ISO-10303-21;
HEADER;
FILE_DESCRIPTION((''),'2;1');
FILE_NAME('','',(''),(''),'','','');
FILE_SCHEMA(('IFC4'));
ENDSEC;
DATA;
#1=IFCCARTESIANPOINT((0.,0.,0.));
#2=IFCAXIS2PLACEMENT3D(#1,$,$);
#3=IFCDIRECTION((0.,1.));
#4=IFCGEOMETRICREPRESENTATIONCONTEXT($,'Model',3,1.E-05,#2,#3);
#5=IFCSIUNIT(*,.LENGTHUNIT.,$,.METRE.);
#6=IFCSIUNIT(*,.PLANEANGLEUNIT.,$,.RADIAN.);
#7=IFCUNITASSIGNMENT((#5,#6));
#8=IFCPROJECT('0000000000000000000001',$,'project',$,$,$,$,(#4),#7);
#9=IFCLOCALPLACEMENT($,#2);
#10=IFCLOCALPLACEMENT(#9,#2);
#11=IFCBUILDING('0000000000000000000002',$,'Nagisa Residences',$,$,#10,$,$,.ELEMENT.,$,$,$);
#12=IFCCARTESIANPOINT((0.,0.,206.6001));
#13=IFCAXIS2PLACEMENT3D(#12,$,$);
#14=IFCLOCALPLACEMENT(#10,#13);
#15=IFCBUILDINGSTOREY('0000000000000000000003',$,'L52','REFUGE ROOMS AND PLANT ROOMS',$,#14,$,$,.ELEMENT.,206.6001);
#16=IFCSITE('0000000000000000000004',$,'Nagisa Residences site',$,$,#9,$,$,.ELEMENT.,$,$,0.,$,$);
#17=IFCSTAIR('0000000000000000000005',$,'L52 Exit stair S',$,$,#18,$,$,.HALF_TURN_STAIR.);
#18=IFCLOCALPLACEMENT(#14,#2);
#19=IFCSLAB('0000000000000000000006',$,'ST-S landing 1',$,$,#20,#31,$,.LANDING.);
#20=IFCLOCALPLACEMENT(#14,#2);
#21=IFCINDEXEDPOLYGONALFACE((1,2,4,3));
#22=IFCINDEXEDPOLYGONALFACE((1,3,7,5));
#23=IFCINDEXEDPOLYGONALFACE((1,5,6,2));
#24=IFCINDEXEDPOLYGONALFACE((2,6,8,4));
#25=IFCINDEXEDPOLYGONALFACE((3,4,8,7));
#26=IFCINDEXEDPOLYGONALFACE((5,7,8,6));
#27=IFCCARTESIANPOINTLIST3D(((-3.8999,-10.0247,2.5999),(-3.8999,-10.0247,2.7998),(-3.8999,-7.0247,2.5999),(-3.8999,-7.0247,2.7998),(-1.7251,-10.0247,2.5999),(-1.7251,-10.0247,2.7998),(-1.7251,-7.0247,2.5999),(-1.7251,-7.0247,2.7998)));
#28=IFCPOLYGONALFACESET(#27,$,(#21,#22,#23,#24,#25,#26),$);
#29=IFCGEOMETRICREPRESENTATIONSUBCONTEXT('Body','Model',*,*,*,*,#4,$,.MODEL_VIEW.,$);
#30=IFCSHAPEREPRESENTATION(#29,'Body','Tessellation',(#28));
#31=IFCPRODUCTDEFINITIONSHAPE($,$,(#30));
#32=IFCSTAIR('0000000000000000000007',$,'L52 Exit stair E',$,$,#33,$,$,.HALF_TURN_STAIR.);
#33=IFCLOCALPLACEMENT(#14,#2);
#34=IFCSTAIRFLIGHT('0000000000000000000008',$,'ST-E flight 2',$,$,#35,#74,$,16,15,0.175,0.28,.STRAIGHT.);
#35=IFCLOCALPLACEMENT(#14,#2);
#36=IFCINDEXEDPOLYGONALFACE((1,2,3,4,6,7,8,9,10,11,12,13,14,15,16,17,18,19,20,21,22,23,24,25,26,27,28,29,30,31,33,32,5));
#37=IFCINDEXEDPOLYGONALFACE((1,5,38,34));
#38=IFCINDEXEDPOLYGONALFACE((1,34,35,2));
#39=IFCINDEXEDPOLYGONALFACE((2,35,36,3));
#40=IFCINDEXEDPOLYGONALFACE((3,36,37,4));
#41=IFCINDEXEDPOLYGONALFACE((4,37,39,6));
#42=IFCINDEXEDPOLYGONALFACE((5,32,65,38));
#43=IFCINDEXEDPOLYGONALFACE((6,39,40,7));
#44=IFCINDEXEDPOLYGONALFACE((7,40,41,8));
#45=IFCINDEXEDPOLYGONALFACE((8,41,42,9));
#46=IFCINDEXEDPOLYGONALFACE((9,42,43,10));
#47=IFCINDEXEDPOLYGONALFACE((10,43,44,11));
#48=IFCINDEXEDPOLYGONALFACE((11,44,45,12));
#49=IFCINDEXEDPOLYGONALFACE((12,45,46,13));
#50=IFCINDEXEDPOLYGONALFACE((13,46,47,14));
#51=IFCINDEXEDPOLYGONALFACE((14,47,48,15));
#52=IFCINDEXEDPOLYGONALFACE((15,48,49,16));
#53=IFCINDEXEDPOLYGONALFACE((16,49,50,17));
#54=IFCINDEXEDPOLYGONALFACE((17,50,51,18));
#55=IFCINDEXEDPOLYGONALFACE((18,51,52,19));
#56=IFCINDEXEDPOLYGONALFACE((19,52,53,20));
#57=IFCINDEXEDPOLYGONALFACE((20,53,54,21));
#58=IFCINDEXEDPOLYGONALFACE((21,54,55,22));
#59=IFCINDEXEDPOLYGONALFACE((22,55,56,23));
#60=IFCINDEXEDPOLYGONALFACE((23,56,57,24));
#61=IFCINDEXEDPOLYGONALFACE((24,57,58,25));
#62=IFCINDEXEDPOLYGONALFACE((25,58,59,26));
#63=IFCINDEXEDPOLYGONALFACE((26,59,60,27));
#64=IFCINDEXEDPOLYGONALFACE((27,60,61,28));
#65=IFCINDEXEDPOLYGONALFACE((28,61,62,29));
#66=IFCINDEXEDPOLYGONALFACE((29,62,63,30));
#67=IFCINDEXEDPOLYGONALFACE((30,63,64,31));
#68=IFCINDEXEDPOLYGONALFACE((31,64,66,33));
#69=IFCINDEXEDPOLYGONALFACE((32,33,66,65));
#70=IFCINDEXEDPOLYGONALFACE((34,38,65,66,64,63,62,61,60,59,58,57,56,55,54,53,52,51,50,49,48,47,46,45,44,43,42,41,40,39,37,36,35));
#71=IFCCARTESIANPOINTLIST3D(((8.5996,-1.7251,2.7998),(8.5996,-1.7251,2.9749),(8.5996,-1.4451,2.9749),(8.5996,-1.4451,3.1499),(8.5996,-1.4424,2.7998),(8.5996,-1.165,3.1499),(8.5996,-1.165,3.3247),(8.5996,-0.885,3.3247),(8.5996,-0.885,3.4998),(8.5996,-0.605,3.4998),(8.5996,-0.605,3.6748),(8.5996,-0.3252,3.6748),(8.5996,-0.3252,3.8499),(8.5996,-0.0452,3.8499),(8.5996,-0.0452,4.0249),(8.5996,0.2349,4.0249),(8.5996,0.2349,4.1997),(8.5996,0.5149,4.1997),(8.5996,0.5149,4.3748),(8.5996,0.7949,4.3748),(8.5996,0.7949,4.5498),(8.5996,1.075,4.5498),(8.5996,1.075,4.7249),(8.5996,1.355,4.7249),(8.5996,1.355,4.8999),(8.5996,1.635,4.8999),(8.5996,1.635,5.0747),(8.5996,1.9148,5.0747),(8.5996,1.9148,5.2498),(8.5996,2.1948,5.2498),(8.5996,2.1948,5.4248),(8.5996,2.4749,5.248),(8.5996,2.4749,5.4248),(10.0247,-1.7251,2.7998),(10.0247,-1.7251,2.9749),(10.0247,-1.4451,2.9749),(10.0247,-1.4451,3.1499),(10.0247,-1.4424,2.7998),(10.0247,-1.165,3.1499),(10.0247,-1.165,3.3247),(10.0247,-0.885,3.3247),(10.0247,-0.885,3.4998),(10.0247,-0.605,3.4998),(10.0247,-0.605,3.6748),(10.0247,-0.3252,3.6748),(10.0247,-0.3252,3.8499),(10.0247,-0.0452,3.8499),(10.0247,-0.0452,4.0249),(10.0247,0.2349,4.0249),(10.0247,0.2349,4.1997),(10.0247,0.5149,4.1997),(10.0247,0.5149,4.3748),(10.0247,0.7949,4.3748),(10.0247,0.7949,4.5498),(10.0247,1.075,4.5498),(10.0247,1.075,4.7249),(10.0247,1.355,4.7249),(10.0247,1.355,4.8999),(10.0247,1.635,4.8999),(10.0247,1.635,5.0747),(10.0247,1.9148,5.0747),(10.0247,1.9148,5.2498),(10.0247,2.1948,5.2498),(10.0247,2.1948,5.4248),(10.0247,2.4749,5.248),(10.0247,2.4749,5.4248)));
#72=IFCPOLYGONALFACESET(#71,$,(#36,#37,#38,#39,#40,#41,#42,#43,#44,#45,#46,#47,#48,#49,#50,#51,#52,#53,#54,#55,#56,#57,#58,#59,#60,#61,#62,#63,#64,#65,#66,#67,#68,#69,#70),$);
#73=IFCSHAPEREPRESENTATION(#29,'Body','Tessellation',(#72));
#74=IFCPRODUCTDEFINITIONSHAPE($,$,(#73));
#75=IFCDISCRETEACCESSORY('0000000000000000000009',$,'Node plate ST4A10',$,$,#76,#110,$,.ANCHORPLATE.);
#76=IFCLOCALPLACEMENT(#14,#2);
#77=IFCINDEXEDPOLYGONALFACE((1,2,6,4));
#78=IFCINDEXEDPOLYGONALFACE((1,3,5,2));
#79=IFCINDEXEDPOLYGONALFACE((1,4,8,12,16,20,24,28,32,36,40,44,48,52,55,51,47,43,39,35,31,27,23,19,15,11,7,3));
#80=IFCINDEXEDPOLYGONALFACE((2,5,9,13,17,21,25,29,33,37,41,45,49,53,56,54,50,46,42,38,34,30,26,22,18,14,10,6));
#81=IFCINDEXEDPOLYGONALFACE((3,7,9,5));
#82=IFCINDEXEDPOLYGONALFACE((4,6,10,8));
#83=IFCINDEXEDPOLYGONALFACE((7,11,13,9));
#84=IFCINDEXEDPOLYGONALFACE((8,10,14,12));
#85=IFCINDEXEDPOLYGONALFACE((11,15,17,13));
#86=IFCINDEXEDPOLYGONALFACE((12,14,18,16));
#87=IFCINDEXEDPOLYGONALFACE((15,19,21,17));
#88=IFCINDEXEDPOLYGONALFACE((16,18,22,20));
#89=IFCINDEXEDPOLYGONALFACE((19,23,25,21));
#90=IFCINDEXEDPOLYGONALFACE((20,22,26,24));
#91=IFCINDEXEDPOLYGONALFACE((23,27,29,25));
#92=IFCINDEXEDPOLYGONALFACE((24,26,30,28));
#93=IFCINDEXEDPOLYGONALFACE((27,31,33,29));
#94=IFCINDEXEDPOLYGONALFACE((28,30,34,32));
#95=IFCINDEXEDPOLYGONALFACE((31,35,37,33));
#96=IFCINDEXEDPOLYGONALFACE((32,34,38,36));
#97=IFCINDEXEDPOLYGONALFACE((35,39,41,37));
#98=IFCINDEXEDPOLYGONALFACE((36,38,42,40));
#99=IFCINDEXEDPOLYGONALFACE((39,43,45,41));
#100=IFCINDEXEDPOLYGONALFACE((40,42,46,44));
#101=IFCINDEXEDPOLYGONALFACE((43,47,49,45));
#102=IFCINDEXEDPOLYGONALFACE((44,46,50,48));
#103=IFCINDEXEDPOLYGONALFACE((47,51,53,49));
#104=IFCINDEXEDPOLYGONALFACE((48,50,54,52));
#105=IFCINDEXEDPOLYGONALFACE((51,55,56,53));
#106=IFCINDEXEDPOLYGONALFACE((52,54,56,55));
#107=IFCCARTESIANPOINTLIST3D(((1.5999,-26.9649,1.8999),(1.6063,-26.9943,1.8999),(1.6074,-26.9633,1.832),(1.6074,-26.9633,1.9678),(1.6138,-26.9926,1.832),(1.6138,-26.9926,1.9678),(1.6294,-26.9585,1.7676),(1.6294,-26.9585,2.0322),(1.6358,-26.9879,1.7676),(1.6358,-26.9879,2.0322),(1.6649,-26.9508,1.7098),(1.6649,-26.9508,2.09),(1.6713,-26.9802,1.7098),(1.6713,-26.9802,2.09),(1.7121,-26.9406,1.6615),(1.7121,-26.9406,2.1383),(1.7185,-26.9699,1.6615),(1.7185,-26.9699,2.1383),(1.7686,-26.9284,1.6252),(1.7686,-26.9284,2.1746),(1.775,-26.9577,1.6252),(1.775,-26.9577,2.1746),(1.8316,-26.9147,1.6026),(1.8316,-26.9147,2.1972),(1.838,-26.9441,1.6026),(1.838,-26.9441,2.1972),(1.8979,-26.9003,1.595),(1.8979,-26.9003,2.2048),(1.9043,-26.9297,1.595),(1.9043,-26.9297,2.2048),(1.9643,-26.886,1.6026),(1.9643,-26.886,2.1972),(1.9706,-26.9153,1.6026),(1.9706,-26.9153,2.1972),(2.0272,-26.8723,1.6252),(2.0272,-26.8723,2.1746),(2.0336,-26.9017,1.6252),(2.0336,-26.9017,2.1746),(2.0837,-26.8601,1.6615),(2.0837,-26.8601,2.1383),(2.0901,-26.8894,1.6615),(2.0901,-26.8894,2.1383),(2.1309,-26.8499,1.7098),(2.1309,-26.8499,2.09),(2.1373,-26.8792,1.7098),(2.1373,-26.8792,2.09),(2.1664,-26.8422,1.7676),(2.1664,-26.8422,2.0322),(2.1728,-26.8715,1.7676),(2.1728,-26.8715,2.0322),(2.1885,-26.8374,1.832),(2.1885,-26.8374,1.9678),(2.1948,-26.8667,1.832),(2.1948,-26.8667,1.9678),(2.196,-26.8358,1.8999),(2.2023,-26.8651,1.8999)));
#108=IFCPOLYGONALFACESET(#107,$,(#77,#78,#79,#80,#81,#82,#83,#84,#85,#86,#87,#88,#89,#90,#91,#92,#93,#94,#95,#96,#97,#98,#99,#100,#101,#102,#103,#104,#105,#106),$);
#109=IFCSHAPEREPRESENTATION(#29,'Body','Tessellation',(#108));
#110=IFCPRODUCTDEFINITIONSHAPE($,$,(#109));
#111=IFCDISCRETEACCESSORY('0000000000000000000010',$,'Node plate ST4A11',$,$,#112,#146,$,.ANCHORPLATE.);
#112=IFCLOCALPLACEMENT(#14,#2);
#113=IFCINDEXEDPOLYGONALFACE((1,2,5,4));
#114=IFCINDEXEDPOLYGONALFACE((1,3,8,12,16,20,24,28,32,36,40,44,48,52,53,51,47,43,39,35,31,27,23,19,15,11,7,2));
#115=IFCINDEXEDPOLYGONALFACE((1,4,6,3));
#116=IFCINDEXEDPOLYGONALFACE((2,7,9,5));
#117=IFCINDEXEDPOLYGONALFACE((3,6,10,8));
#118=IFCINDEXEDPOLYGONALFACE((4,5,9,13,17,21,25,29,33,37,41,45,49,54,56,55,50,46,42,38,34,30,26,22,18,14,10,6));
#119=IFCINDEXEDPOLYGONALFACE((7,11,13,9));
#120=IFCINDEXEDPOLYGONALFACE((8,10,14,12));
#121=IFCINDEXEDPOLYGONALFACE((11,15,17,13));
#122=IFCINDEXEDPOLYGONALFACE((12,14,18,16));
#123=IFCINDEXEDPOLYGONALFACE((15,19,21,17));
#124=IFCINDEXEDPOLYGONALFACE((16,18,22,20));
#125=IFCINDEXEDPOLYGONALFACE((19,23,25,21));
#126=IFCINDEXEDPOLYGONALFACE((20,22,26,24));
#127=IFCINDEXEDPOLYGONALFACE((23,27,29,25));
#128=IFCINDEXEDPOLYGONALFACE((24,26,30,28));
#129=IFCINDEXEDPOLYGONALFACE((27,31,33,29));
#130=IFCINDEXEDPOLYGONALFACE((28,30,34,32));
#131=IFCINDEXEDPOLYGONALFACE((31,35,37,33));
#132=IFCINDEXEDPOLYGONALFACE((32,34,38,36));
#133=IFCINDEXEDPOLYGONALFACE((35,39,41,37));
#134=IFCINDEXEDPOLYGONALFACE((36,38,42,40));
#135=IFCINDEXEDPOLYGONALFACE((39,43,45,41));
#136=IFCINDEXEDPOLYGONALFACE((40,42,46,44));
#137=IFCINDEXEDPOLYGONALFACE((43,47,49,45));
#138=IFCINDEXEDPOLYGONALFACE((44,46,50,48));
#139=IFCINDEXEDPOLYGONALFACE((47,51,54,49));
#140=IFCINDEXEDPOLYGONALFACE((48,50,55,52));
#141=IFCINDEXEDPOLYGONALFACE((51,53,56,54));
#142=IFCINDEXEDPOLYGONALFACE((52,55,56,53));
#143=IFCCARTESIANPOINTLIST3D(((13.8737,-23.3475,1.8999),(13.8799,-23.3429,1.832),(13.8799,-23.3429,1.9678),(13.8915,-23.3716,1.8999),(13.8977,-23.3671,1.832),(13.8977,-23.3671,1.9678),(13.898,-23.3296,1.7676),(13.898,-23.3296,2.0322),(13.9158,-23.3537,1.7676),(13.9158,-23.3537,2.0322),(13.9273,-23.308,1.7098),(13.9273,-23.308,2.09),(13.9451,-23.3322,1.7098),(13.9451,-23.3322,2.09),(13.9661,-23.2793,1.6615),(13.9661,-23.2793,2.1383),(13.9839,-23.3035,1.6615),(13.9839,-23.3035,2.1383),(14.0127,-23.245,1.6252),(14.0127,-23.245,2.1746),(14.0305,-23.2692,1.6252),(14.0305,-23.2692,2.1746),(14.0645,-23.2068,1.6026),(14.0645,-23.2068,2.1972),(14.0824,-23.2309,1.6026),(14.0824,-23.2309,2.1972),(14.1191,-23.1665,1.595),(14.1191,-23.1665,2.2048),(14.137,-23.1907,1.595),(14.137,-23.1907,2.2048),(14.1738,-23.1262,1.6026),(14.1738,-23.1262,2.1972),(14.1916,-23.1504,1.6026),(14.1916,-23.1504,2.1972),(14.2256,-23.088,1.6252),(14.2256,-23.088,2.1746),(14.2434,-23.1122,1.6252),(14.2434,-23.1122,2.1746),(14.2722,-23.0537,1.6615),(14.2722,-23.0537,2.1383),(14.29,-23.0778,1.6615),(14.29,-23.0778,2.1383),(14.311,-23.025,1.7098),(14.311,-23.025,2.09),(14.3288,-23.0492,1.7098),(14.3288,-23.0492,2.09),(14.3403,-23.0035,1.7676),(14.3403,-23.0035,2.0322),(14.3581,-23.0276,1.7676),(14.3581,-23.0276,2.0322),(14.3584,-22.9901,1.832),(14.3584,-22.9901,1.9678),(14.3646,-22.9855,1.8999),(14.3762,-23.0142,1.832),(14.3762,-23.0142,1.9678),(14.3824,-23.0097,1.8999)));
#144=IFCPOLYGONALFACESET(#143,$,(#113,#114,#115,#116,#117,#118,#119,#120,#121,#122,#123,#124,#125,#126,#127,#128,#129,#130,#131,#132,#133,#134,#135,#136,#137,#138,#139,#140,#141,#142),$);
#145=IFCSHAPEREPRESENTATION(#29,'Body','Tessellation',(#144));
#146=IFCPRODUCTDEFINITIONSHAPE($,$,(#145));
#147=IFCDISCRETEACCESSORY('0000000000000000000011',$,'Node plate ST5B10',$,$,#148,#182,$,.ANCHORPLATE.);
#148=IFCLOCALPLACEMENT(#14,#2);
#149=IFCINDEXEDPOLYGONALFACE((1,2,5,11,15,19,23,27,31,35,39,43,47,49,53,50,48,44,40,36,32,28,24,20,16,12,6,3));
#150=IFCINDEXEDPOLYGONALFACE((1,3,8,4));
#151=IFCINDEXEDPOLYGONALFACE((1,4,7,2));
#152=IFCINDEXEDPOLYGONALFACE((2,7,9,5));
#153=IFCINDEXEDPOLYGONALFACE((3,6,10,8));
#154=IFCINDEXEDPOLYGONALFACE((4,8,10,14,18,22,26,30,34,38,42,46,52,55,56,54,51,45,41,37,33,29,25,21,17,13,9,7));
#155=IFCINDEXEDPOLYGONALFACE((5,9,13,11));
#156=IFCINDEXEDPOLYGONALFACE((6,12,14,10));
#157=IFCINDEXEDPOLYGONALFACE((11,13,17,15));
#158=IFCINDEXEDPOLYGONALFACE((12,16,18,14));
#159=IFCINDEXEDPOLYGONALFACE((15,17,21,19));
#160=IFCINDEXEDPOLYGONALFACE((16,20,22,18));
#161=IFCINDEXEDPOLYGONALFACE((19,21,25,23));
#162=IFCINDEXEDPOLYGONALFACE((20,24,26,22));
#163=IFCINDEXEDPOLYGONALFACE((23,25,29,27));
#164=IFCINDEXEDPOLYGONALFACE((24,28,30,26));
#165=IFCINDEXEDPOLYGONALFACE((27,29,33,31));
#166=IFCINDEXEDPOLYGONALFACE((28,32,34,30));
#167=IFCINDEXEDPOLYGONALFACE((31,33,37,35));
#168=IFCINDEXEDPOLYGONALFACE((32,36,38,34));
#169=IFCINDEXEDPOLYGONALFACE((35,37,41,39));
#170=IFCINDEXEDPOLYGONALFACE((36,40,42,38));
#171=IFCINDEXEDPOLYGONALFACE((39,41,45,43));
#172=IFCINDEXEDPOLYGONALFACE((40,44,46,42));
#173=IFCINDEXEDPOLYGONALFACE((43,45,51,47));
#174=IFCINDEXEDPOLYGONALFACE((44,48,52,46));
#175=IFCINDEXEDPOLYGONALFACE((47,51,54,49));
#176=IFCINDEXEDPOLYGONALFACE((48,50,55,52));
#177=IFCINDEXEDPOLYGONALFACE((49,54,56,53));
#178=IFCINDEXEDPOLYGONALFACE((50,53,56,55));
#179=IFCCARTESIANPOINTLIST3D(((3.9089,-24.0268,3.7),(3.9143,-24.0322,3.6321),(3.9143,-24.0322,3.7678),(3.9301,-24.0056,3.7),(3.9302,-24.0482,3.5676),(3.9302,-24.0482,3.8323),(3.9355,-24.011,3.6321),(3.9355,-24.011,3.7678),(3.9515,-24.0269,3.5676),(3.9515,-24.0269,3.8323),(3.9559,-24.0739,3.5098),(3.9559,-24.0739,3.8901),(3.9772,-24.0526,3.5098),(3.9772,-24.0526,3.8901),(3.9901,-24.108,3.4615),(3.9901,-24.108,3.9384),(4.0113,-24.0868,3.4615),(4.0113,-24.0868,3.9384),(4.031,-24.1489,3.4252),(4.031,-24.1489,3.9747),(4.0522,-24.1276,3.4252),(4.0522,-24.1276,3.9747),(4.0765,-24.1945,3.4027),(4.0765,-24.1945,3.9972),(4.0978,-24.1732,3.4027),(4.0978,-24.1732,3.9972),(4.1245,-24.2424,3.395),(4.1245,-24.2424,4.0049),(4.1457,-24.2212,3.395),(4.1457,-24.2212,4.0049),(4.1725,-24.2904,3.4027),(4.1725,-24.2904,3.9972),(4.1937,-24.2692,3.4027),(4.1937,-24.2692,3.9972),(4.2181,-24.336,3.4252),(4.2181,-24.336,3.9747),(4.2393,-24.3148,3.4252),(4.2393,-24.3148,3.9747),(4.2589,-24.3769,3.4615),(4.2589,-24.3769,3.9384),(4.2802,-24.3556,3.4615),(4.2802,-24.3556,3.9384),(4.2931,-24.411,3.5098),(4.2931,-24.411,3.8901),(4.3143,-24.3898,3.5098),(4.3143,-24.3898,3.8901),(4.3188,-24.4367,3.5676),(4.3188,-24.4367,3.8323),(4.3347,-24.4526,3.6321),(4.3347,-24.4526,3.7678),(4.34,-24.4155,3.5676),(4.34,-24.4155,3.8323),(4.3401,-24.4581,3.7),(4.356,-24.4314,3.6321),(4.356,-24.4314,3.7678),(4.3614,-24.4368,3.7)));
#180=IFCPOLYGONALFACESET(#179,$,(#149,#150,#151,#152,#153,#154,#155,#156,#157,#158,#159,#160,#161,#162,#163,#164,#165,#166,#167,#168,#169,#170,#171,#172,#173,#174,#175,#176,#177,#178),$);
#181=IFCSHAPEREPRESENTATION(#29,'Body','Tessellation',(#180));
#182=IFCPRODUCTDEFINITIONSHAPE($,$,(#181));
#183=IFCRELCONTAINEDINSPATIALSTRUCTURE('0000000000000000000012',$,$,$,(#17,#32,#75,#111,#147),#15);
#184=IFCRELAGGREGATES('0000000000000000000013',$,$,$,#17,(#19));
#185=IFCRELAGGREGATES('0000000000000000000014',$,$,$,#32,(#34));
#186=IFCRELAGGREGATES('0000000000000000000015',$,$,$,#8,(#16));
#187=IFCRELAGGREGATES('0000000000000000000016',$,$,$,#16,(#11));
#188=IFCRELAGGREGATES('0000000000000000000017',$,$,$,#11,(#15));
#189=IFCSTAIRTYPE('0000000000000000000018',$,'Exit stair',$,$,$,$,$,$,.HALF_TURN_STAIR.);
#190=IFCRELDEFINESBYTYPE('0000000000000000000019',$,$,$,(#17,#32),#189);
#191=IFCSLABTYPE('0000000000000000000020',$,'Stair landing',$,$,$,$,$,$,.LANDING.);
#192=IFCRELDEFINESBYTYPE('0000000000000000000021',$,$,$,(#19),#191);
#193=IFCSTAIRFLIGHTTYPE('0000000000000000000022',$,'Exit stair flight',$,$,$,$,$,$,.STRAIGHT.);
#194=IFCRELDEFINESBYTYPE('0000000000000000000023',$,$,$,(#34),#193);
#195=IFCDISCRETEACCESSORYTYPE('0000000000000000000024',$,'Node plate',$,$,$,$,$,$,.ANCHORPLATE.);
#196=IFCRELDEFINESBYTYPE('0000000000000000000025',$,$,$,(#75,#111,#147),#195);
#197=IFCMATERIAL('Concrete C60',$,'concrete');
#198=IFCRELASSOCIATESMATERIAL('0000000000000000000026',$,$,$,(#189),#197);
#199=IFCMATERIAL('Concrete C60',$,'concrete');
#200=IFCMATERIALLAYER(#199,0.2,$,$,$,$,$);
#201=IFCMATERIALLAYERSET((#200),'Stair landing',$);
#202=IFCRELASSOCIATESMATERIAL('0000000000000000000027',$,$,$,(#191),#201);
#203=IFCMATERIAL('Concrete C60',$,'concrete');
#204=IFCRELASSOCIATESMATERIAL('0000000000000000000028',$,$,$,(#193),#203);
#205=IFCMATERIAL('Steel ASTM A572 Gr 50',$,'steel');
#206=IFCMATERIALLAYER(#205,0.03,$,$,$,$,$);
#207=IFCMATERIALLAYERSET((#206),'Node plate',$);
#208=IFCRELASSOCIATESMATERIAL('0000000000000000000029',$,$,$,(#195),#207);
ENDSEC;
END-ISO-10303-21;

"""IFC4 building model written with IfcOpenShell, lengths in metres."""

from ifc_helpers import new_model, si_unit, direction, frame, origin, origin_2d, place, context, subcontext, project, spatial, polyline, circle, outline, extrude, material, layer, layer_set, type_object, element, aggregate, save


model = new_model("IFC4")

# Units and contexts
model_context = context("Model", 3, precision=1e-05, world=origin(), true_north=direction((0.0, 1.0)))
body_context = subcontext(model_context, "Body", "Model", "MODEL_VIEW")
ifc_project = project(units=[si_unit("LENGTHUNIT", "METRE"), si_unit("PLANEANGLEUNIT", "RADIAN")], contexts=[model_context])

# Site, building, storey
site_placement = place(None, origin())
site = spatial("IfcSite", under=ifc_project, at=site_placement, Name="Nagisa Residences site", CompositionType="ELEMENT", RefElevation=0.0)
building_placement = place(site_placement, origin())
building = spatial("IfcBuilding", under=site, at=building_placement, Name="Nagisa Residences", CompositionType="ELEMENT")
storey_placement = place(building_placement, frame((0.0, 0.0, 206.6001)))
storey = spatial("IfcBuildingStorey", under=building, at=storey_placement, Name="L52", Description="REFUGE ROOMS AND PLANT ROOMS", CompositionType="ELEMENT", Elevation=206.6001)

# Stair, slab
ifc_material_1 = material(Name="Concrete C60", Category="concrete")
stair_type = type_object("IfcStairType", Name="Exit stair", PredefinedType="HALF_TURN_STAIR", material=ifc_material_1)
ifc_material_2 = material(Name="Concrete C60", Category="concrete")
ifc_layer_1 = layer(ifc_material_2, 0.2)
ifc_layer_set_1 = layer_set([ifc_layer_1], Name="Stair landing")
slab_type = type_object("IfcSlabType", Name="Stair landing", PredefinedType="LANDING", material=ifc_layer_set_1)
stair_1_placement = place(storey_placement, origin())
stair_1 = element("IfcStair", 1, at=stair_1_placement, inside=storey, type_object=stair_type, Name="L52 Exit stair S", PredefinedType="HALF_TURN_STAIR")
slab_1_placement = place(storey_placement, frame((0.0, 0.0, 2.5999)))
slab_1 = element("IfcSlab", 2, at=slab_1_placement, type_object=slab_type, Name="ST-S landing 1", PredefinedType="LANDING", context=body_context, shape_type="SweptSolid", body=[
    extrude(outline(polyline([(-1.7251, -7.0247), (-3.8999, -7.0247), (-3.8999, -10.0247), (-1.7251, -10.0247), (-1.7251, -7.0247)])), origin(), (0.0, 0.0, 1.0), 0.2),
])
aggregate(stair_1, [slab_1])

# Stair, stair flight
stair_2_placement = place(storey_placement, origin())
stair_2 = element("IfcStair", 3, at=stair_2_placement, inside=storey, type_object=stair_type, Name="L52 Exit stair E", PredefinedType="HALF_TURN_STAIR")
ifc_material_3 = material(Name="Concrete C60", Category="concrete")
stair_flight_type = type_object("IfcStairFlightType", Name="Exit stair flight", PredefinedType="STRAIGHT", material=ifc_material_3)
stair_flight_placement = place(storey_placement, frame((9.312, -1.7251, 2.7998), z_axis=(0.0, 0.0, 1.0), x_axis=(0.0, 1.0, 0.0)))
stair_flight = element("IfcStairFlight", 4, at=stair_flight_placement, type_object=stair_flight_type, Name="ST-E flight 2", NumberOfRisers=16, NumberOfTreads=15, PredefinedType="STRAIGHT", RiserHeight=0.175, TreadLength=0.28, context=body_context, shape_type="SweptSolid", body=[
    extrude(outline(polyline([(0.0, 0.0), (0.0, 0.175), (0.28, 0.175), (0.28, 0.3501), (0.5601, 0.3501), (0.5601, 0.5249), (0.8401, 0.5249), (0.8401, 0.7), (1.1201, 0.7), (1.1201, 0.875), (1.3999, 0.875), (1.3999, 1.05), (1.6799, 1.05), (1.6799, 1.2251), (1.96, 1.2251), (1.96, 1.3999), (2.24, 1.3999), (2.24, 1.575), (2.52, 1.575), (2.52, 1.75), (2.8, 1.75), (2.8, 1.925), (3.0801, 1.925), (3.0801, 2.1001), (3.3601, 2.1001), (3.3601, 2.2749), (3.6399, 2.2749), (3.6399, 2.45), (3.9199, 2.45), (3.9199, 2.625), (4.2, 2.625), (4.2, 2.8), (4.2, 2.4482), (0.2827, 0.0), (0.0, 0.0)])), frame((0.0, 0.7124, 0.0), z_axis=(0.0, -1.0, 0.0), x_axis=(1.0, 0.0, 0.0)), (0.0, 0.0, 1.0), 1.425),
])
aggregate(stair_2, [stair_flight])

# Discrete accessories
ifc_material_4 = material(Name="Steel ASTM A572 Gr 50", Category="steel")
ifc_layer_2 = layer(ifc_material_4, 0.03)
ifc_layer_set_2 = layer_set([ifc_layer_2], Name="Node plate")
discrete_accessory_type = type_object("IfcDiscreteAccessoryType", Name="Node plate", PredefinedType="ANCHORPLATE", material=ifc_layer_set_2)
for number, where, z_axis, x_axis, name in (
    (5, (1.9043, -26.9297, 1.8999), (-0.211753, 0.977323, 0.0), (-0.977323, -0.211753, 0.0), "Node plate ST4A10"),
    (6, (14.137, -23.1907, 1.8999), (-0.593476, 0.804851, 0.0), (-0.804851, -0.593476, 0.0), "Node plate ST4A11"),
    (7, (4.1245, -24.2424, 3.7), (0.707107, 0.707107, 0.0), (-0.707107, 0.707107, 0.0), "Node plate ST5B10"),
):
    element("IfcDiscreteAccessory", number, at=place(storey_placement, frame(where, z_axis=z_axis, x_axis=x_axis)), inside=storey, type_object=discrete_accessory_type, Name=name, PredefinedType="ANCHORPLATE", context=body_context, shape_type="SweptSolid", body=[
        extrude(circle(Radius=0.3049, at=origin_2d()), origin(), (0.0, 0.0, 1.0), 0.03),
    ])

save(model, "model.ifc")
